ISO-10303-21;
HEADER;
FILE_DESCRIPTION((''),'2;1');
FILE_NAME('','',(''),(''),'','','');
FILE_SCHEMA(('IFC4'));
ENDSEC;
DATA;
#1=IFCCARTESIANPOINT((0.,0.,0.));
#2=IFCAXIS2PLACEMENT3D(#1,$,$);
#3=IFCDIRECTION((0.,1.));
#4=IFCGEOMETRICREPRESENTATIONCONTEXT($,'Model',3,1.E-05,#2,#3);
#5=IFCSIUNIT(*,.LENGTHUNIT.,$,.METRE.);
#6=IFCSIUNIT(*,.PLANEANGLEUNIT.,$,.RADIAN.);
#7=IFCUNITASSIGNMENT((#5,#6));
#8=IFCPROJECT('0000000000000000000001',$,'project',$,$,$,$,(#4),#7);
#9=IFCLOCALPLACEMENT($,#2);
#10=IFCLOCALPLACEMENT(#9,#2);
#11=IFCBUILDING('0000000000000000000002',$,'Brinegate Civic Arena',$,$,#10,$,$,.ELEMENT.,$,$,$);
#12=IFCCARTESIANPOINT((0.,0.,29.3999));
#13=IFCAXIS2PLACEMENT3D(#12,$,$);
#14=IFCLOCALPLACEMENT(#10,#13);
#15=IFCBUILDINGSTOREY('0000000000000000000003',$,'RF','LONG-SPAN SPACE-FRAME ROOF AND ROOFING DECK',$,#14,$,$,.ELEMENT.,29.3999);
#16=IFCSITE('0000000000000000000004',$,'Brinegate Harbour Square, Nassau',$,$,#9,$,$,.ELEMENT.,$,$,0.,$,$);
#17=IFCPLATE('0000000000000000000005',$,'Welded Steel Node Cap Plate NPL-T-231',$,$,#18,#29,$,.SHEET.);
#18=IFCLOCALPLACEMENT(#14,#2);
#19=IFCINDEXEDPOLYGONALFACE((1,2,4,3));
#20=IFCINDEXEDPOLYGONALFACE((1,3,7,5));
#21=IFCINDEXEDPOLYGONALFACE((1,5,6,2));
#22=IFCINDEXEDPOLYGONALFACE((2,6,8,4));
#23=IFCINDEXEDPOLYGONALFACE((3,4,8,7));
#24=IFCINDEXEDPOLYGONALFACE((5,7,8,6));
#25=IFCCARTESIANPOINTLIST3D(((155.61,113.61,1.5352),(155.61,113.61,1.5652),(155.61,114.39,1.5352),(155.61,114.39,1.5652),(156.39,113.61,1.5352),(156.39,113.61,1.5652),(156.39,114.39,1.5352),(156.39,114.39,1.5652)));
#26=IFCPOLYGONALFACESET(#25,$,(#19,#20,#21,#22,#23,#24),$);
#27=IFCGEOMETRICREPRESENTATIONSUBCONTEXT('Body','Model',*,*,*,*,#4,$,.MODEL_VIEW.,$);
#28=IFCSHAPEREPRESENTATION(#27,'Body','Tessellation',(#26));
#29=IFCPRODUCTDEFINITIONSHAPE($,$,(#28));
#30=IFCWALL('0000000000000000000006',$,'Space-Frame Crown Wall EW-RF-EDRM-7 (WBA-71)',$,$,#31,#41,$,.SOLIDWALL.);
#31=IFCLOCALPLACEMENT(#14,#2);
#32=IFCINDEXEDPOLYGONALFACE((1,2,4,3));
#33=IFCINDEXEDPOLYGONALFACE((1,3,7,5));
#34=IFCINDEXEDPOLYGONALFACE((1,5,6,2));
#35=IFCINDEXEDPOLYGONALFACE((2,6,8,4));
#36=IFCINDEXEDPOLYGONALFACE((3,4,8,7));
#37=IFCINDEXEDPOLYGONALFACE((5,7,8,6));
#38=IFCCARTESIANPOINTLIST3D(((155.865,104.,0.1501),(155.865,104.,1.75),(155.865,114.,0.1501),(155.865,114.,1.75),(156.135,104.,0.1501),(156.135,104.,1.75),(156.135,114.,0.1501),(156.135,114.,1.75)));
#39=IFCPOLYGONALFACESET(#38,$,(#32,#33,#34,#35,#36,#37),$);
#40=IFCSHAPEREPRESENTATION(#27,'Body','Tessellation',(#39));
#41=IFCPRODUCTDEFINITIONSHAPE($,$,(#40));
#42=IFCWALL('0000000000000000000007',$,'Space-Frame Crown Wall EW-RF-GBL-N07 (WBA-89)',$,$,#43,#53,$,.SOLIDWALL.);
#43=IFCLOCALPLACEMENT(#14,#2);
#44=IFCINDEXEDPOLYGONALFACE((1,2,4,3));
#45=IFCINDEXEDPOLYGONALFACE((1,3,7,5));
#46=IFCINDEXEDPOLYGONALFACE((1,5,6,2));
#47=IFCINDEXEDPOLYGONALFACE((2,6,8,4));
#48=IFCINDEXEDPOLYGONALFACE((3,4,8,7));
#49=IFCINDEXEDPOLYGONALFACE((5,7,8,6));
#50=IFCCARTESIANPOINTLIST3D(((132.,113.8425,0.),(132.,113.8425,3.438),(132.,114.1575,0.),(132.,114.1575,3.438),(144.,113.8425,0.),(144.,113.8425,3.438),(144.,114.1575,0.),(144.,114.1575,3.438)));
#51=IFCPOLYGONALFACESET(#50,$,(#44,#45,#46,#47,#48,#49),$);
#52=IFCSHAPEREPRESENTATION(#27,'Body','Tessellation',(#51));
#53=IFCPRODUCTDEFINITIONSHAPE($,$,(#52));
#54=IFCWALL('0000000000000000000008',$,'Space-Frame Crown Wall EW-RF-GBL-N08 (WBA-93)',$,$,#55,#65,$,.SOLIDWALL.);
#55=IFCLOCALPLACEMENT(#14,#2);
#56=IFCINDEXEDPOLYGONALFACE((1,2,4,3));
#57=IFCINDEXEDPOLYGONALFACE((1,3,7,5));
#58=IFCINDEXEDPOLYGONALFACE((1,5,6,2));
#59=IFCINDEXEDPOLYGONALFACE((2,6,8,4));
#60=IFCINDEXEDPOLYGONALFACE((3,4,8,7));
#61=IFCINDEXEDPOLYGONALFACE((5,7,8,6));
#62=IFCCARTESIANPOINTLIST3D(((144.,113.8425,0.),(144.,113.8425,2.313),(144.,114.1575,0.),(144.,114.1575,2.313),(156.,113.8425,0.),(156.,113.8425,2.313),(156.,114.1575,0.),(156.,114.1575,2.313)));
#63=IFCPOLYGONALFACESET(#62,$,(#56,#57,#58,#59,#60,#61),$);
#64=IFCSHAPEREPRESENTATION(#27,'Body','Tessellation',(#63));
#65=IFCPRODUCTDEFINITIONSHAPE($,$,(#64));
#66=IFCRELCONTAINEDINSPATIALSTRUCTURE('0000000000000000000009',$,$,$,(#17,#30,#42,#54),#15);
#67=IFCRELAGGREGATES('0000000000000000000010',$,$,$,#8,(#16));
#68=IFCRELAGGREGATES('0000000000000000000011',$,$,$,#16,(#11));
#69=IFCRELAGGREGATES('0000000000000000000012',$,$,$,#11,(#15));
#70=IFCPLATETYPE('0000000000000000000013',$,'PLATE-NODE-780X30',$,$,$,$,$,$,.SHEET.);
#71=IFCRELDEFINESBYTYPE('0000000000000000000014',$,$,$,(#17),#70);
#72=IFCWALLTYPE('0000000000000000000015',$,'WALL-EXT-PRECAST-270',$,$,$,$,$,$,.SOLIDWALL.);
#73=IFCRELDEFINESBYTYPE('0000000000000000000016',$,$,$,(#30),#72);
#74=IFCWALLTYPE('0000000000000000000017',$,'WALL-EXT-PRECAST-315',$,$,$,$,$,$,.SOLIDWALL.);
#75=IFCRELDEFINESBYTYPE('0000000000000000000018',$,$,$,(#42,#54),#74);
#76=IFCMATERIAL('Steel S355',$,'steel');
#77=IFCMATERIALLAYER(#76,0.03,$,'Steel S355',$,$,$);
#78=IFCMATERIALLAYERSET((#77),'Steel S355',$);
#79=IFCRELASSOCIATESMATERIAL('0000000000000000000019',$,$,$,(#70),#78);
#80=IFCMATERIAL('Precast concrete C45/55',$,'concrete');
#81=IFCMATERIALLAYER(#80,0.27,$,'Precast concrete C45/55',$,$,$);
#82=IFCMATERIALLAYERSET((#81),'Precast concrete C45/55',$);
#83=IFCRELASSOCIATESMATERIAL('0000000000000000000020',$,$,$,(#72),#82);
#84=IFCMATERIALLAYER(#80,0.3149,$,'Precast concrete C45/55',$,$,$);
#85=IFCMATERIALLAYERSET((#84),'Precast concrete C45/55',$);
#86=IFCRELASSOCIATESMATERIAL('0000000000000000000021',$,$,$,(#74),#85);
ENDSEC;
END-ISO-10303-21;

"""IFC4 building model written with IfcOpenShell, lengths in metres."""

from ifc_helpers import new_model, si_unit, direction, frame, frame_2d, origin, origin_2d, place, context, subcontext, project, spatial, rectangle, extrude, material, layer, layer_set, type_object, element, save


model = new_model("IFC4")

# Units and contexts
model_context = context("Model", 3, precision=1e-05, world=origin(), true_north=direction((0.0, 1.0)))
body_context = subcontext(model_context, "Body", "Model", "MODEL_VIEW")
ifc_project = project(units=[si_unit("LENGTHUNIT", "METRE"), si_unit("PLANEANGLEUNIT", "RADIAN")], contexts=[model_context])

# Site, building, storey
site_placement = place(None, origin())
site = spatial("IfcSite", under=ifc_project, at=site_placement, Name="Brinegate Harbour Square, Nassau", CompositionType="ELEMENT", RefElevation=0.0)
building_placement = place(site_placement, origin())
building = spatial("IfcBuilding", under=site, at=building_placement, Name="Brinegate Civic Arena", CompositionType="ELEMENT")
storey_placement = place(building_placement, frame((0.0, 0.0, 29.3999)))
storey = spatial("IfcBuildingStorey", under=building, at=storey_placement, Name="RF", Description="LONG-SPAN SPACE-FRAME ROOF AND ROOFING DECK", CompositionType="ELEMENT", Elevation=29.3999)

# Shared definitions
ifc_material_1 = material(Name="Steel S355", Category="steel")

# Plate
ifc_layer_1 = layer(ifc_material_1, 0.03, Name="Steel S355")
ifc_layer_set_1 = layer_set([ifc_layer_1], Name="Steel S355")
plate_type_1 = type_object("IfcPlateType", Name="PLATE-NODE-780X30", PredefinedType="SHEET", material=ifc_layer_set_1)
plate_1_placement = place(storey_placement, frame((156.0, 114.0, 1.5352), z_axis=(0.0, 0.0, 1.0), x_axis=(1.0, 0.0, 0.0)))
element("IfcPlate", 1, at=plate_1_placement, inside=storey, type_object=plate_type_1, Name="Welded Steel Node Cap Plate NPL-T-231", PredefinedType="SHEET", context=body_context, shape_type="SweptSolid", body=[
    extrude(rectangle(XDim=0.78, YDim=0.78, at=origin_2d()), origin(), (0.0, 0.0, 1.0), 0.03),
])

# Walls
ifc_material_2 = material(Name="Precast concrete C45/55", Category="concrete")
ifc_layer_2 = layer(ifc_material_2, 0.27, Name="Precast concrete C45/55")
ifc_layer_set_2 = layer_set([ifc_layer_2], Name="Precast concrete C45/55")
wall_type_1 = type_object("IfcWallType", Name="WALL-EXT-PRECAST-270", PredefinedType="SOLIDWALL", material=ifc_layer_set_2)
wall_1_placement = place(storey_placement, frame((156.0, 104.0, 0.1501), z_axis=(0.0, 0.0, 1.0), x_axis=(0.0, 1.0, 0.0)))
element("IfcWall", 2, at=wall_1_placement, inside=storey, type_object=wall_type_1, Name="Space-Frame Crown Wall EW-RF-EDRM-7 (WBA-71)", PredefinedType="SOLIDWALL", context=body_context, shape_type="SweptSolid", body=[
    extrude(rectangle(XDim=10.0, YDim=0.27, at=frame_2d((5.0, 0.0))), origin(), (0.0, 0.0, 1.0), 1.5999),
])
ifc_layer_3 = layer(ifc_material_2, 0.3149, Name="Precast concrete C45/55")
ifc_layer_set_3 = layer_set([ifc_layer_3], Name="Precast concrete C45/55")
wall_type_2 = type_object("IfcWallType", Name="WALL-EXT-PRECAST-315", PredefinedType="SOLIDWALL", material=ifc_layer_set_3)
wall_2_placement = place(storey_placement, frame((132.0, 114.0, 0.0), z_axis=(0.0, 0.0, 1.0), x_axis=(1.0, 0.0, 0.0)))
element("IfcWall", 3, at=wall_2_placement, inside=storey, type_object=wall_type_2, Name="Space-Frame Crown Wall EW-RF-GBL-N07 (WBA-89)", PredefinedType="SOLIDWALL", context=body_context, shape_type="SweptSolid", body=[
    extrude(rectangle(XDim=12.0, YDim=0.3149, at=frame_2d((6.0, 0.0))), origin(), (0.0, 0.0, 1.0), 3.438),
])
wall_3_placement = place(storey_placement, frame((144.0, 114.0, 0.0), z_axis=(0.0, 0.0, 1.0), x_axis=(1.0, 0.0, 0.0)))
element("IfcWall", 4, at=wall_3_placement, inside=storey, type_object=wall_type_2, Name="Space-Frame Crown Wall EW-RF-GBL-N08 (WBA-93)", PredefinedType="SOLIDWALL", context=body_context, shape_type="SweptSolid", body=[
    extrude(rectangle(XDim=12.0, YDim=0.3149, at=frame_2d((6.0, 0.0))), origin(), (0.0, 0.0, 1.0), 2.313),
])

save(model, "model.ifc")
